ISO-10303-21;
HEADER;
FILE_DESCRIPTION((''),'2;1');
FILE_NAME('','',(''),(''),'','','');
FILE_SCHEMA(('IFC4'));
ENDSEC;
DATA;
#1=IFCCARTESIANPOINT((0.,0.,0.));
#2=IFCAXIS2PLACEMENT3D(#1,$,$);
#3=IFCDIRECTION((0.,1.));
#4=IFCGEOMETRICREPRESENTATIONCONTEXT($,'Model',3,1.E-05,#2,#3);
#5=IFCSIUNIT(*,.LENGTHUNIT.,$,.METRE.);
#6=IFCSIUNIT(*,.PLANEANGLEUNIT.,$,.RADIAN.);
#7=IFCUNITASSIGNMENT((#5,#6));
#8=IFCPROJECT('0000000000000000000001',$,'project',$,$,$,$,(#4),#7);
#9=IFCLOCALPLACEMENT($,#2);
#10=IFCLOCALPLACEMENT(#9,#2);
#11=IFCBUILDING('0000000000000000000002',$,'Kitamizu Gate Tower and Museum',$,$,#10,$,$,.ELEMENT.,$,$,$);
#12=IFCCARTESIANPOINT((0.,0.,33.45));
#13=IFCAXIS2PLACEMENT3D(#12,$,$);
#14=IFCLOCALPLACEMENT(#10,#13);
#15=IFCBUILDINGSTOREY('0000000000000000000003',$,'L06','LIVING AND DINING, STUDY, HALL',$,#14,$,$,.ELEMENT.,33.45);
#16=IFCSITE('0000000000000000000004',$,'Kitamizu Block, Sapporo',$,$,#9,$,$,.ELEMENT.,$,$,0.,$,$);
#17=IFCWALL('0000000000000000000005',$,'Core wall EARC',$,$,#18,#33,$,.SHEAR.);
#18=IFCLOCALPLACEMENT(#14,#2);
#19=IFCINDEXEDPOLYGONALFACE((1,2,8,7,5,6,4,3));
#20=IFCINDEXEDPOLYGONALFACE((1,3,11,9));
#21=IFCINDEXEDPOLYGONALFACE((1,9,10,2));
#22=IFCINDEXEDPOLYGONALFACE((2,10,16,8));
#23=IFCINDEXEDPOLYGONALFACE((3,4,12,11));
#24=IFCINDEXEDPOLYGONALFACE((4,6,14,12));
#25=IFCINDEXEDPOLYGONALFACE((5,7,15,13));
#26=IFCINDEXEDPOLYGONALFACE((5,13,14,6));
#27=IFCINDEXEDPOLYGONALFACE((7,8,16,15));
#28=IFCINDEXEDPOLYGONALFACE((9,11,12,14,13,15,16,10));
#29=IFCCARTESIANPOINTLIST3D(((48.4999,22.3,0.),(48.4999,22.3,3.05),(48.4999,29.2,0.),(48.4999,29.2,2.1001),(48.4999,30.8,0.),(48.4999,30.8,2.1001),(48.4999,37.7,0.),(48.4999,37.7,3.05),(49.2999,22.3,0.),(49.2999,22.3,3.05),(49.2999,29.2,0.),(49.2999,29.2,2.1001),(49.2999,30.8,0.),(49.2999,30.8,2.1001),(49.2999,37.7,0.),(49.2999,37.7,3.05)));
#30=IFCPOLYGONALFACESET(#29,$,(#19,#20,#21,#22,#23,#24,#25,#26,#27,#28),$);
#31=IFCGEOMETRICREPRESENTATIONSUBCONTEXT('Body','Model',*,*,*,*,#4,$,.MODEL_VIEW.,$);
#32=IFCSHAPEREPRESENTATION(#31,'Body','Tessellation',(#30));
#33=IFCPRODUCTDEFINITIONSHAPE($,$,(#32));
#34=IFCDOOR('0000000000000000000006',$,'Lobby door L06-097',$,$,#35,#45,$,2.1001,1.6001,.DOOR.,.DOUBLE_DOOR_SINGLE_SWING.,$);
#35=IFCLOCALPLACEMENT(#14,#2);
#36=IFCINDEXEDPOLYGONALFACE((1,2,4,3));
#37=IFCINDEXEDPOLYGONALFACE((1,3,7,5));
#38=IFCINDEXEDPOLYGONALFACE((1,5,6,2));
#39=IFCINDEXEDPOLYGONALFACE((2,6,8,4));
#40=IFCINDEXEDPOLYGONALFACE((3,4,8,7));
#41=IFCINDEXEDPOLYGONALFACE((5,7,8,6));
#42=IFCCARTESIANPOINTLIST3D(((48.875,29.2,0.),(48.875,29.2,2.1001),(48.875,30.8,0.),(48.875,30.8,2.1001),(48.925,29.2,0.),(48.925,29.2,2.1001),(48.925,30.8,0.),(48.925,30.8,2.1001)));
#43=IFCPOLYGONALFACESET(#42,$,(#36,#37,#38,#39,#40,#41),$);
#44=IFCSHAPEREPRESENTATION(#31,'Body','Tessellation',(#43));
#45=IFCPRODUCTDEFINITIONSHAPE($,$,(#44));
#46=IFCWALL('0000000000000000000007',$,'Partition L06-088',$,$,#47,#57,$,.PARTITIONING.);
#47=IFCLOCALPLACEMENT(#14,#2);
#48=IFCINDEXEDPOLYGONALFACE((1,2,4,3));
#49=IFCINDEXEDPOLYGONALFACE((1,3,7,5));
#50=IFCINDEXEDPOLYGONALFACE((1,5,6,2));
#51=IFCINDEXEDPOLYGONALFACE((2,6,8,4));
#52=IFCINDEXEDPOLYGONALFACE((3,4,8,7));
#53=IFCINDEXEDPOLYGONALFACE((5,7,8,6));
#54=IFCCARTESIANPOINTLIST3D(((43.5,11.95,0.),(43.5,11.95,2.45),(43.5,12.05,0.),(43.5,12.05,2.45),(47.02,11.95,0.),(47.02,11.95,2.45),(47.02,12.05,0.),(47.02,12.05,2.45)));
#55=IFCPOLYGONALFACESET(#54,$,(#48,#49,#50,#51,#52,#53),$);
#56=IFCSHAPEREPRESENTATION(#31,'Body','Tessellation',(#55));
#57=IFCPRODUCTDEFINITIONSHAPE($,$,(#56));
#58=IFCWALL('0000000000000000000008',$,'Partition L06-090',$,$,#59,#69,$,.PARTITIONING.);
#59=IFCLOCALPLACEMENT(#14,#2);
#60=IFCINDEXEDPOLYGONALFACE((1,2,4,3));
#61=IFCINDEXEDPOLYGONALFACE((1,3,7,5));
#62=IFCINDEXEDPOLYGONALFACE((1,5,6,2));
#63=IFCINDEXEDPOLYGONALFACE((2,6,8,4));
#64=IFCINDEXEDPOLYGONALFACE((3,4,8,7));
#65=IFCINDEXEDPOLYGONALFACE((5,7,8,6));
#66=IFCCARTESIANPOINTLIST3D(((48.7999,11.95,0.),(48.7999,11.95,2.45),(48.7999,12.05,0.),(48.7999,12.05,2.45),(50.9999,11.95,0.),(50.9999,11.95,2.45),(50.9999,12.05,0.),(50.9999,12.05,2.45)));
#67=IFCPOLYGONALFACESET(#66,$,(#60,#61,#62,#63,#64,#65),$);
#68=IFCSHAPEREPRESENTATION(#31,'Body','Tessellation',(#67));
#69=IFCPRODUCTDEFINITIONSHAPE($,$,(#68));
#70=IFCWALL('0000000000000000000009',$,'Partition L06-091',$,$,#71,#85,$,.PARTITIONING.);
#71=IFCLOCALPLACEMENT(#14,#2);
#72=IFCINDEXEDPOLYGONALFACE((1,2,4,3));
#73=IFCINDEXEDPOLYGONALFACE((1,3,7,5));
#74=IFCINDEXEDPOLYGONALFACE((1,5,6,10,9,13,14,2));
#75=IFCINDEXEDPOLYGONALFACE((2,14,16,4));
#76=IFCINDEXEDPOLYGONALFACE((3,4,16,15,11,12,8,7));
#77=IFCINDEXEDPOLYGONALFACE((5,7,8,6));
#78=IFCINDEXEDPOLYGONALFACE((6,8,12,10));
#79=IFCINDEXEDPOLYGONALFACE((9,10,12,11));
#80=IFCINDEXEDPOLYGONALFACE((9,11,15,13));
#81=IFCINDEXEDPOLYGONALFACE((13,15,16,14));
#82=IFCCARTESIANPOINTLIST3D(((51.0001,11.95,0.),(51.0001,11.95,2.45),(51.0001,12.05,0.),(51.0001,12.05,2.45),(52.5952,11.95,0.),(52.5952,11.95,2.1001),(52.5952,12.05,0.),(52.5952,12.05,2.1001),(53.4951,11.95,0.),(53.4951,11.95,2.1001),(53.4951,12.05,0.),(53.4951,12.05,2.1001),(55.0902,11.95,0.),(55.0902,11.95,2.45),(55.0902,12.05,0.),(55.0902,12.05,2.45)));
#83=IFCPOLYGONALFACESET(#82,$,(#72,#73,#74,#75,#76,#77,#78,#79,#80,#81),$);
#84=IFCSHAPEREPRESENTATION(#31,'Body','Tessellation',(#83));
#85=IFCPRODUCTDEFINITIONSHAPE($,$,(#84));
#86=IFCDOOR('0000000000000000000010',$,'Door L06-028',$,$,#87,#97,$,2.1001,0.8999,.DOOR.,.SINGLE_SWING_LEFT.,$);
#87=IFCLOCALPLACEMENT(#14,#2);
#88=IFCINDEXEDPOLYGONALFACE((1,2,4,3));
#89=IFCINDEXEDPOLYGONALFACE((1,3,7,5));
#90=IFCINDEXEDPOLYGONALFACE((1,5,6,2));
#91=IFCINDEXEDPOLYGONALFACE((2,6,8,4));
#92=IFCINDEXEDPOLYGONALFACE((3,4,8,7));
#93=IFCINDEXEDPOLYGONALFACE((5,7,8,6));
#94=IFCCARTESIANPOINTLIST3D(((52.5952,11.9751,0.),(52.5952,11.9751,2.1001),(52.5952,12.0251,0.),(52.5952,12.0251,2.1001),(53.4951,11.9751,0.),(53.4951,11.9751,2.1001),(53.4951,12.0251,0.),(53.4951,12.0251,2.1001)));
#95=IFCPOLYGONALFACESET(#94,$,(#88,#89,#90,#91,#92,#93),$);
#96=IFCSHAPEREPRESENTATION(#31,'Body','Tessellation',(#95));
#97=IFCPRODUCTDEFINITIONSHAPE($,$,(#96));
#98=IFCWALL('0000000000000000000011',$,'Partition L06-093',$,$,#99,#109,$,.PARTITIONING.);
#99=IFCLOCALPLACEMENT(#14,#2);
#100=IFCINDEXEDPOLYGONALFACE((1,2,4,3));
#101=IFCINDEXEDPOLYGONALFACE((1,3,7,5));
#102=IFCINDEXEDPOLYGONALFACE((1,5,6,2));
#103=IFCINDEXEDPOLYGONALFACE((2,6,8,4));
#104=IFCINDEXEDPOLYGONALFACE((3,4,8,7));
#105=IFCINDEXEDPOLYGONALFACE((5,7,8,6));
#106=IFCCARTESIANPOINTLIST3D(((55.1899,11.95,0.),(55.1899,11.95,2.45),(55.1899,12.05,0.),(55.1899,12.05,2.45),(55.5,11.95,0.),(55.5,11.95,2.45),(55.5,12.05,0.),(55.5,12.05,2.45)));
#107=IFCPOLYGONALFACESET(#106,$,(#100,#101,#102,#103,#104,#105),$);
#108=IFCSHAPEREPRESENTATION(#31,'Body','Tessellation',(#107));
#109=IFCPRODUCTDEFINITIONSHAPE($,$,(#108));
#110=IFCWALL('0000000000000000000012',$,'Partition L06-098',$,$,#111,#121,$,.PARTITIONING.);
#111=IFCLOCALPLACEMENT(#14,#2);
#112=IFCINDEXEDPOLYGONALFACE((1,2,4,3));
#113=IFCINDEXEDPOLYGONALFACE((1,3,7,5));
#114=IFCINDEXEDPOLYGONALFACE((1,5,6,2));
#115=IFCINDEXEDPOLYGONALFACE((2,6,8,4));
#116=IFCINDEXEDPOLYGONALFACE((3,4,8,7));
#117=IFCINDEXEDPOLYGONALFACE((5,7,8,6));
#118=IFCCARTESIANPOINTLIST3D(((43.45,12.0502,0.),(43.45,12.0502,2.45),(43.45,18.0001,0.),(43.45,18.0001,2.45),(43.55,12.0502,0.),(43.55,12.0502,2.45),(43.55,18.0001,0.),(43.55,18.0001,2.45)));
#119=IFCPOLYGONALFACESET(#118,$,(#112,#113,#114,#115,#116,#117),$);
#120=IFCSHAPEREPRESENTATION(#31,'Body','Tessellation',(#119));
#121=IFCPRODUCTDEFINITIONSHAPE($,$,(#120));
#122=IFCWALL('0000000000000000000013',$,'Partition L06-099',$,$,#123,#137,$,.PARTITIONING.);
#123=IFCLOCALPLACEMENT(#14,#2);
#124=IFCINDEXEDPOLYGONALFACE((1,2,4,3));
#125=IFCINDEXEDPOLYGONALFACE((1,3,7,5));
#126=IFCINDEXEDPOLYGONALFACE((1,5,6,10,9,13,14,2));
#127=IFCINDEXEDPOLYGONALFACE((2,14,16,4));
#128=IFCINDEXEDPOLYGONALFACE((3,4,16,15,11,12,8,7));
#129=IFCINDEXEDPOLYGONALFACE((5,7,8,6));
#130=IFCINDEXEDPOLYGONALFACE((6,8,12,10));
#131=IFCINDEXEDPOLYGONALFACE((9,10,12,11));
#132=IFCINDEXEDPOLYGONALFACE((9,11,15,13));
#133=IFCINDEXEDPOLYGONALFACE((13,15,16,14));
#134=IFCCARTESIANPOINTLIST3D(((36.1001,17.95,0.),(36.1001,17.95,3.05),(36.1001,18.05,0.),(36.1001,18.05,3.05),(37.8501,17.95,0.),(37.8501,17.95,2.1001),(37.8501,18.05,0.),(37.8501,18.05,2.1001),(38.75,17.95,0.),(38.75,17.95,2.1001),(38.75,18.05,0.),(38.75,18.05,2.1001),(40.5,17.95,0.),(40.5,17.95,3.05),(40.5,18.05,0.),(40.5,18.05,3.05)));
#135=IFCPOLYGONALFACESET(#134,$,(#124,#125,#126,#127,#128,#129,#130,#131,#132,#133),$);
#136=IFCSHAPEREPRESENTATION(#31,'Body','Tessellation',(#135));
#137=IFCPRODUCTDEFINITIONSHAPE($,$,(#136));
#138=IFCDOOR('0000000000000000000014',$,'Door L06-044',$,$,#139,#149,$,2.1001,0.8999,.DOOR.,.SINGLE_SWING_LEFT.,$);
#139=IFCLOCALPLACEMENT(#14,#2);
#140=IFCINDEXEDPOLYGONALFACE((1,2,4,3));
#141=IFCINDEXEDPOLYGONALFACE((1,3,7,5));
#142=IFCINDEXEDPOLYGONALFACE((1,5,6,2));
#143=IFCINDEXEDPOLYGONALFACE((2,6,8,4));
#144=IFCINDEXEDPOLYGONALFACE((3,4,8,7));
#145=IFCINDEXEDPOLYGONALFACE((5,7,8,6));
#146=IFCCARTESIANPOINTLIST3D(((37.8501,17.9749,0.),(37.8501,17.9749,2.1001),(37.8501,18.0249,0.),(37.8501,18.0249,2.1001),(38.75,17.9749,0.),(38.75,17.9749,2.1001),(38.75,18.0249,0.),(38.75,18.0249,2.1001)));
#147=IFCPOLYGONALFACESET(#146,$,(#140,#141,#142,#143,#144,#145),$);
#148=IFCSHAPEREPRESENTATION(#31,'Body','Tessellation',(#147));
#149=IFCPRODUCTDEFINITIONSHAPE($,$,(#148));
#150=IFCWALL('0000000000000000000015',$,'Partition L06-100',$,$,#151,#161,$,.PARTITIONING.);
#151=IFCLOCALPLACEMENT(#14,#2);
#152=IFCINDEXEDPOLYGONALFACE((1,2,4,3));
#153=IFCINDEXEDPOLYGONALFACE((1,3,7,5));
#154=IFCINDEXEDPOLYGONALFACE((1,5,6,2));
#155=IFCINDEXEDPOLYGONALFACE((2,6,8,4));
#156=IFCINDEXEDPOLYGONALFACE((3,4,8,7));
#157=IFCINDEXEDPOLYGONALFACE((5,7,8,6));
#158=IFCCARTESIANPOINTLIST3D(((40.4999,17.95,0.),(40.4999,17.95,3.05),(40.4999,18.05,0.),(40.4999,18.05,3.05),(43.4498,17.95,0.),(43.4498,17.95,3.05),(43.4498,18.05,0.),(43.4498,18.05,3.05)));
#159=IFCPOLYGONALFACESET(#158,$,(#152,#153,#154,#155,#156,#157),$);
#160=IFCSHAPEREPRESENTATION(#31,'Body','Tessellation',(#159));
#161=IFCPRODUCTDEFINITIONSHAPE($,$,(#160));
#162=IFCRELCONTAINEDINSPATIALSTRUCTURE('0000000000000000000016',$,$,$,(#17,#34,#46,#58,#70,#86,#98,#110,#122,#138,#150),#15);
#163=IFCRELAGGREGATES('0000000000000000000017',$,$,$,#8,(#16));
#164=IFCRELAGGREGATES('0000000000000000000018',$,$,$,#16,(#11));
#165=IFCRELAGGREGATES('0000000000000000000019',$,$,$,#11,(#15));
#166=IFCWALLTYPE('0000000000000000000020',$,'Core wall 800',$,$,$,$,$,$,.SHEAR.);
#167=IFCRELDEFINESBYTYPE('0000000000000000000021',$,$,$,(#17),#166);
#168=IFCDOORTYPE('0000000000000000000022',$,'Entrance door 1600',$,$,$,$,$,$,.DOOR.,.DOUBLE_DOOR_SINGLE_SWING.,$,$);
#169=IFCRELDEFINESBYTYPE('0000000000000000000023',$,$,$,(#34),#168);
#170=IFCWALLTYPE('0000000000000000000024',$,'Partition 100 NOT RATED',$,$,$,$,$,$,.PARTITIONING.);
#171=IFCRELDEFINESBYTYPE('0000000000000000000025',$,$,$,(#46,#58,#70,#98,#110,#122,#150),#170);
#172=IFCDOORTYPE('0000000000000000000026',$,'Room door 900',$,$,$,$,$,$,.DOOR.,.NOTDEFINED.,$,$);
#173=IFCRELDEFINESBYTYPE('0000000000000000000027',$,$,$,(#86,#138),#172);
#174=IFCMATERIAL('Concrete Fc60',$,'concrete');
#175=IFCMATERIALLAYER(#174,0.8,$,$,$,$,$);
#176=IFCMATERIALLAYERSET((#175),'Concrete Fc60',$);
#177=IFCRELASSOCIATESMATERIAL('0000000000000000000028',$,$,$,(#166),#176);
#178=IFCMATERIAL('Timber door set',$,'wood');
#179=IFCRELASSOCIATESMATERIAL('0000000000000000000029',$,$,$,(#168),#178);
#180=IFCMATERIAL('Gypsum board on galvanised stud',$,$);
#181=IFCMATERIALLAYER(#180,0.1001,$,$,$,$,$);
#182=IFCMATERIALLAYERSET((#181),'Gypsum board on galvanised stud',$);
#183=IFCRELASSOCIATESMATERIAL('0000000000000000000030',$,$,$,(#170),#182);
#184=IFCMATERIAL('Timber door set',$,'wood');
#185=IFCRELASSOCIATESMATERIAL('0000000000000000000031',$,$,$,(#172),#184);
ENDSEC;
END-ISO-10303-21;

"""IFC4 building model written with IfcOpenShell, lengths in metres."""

from ifc_helpers import new_model, si_unit, direction, frame, frame_2d, origin, place, context, subcontext, project, spatial, rectangle, extrude, material, layer, layer_set, type_object, element, fill, save


model = new_model("IFC4")

# Units and contexts
model_context = context("Model", 3, precision=1e-05, world=origin(), true_north=direction((0.0, 1.0)))
body_context = subcontext(model_context, "Body", "Model", "MODEL_VIEW")
ifc_project = project(units=[si_unit("LENGTHUNIT", "METRE"), si_unit("PLANEANGLEUNIT", "RADIAN")], contexts=[model_context])

# Site, building, storey
site_placement = place(None, origin())
site = spatial("IfcSite", under=ifc_project, at=site_placement, Name="Kitamizu Block, Sapporo", CompositionType="ELEMENT", RefElevation=0.0)
building_placement = place(site_placement, origin())
building = spatial("IfcBuilding", under=site, at=building_placement, Name="Kitamizu Gate Tower and Museum", CompositionType="ELEMENT")
storey_placement = place(building_placement, frame((0.0, 0.0, 33.45)))
storey = spatial("IfcBuildingStorey", under=building, at=storey_placement, Name="L06", Description="LIVING AND DINING, STUDY, HALL", CompositionType="ELEMENT", Elevation=33.45)

# Wall, opening, door
ifc_material_1 = material(Name="Concrete Fc60", Category="concrete")
ifc_layer_1 = layer(ifc_material_1, 0.8)
ifc_layer_set_1 = layer_set([ifc_layer_1], Name="Concrete Fc60")
wall_type_1 = type_object("IfcWallType", Name="Core wall 800", PredefinedType="SHEAR", material=ifc_layer_set_1)
wall_1_placement = place(storey_placement, frame((48.8999, 22.3, 0.0), z_axis=(0.0, 0.0, 1.0), x_axis=(0.0, 1.0, 0.0)))
wall_1 = element("IfcWall", 1, at=wall_1_placement, inside=storey, type_object=wall_type_1, Name="Core wall EARC", PredefinedType="SHEAR", context=body_context, shape_type="SweptSolid", body=[
    extrude(rectangle(XDim=15.3999, YDim=0.8, at=frame_2d((7.7, 0.0))), origin(), (0.0, 0.0, 1.0), 3.05),
])
opening_1_placement = place(wall_1_placement, frame((6.8999, 0.0, 0.0)))
opening_1 = element("IfcOpeningElement", 2, at=opening_1_placement, cuts=wall_1, PredefinedType="OPENING", context=body_context, shape_type="SweptSolid", body=[
    extrude(rectangle(XDim=1.6001, YDim=2.1001, at=frame_2d((0.8, 1.05))), frame((0.0, 0.4102, 0.0), z_axis=(0.0, -1.0, 0.0), x_axis=(1.0, 0.0, 0.0)), (0.0, 0.0, 1.0), 0.8201),
])
ifc_material_2 = material(Name="Timber door set", Category="wood")
door_type_1 = type_object("IfcDoorType", Name="Entrance door 1600", OperationType="DOUBLE_DOOR_SINGLE_SWING", PredefinedType="DOOR", material=ifc_material_2)
door_1_placement = place(opening_1_placement, origin())
door_1 = element("IfcDoor", 3, at=door_1_placement, inside=storey, type_object=door_type_1, Name="Lobby door L06-097", OperationType="DOUBLE_DOOR_SINGLE_SWING", OverallHeight=2.1001, OverallWidth=1.6001, PredefinedType="DOOR", context=body_context, shape_type="SweptSolid", body=[
    extrude(rectangle(XDim=1.6001, YDim=2.1001, at=frame_2d((0.8, 1.05))), frame((0.0, 0.0249, 0.0), z_axis=(0.0, -1.0, 0.0), x_axis=(1.0, 0.0, 0.0)), (0.0, 0.0, 1.0), 0.05),
])
fill(opening_1, door_1)

# Walls
ifc_material_3 = material(Name="Gypsum board on galvanised stud")
ifc_layer_2 = layer(ifc_material_3, 0.1001)
ifc_layer_set_2 = layer_set([ifc_layer_2], Name="Gypsum board on galvanised stud")
wall_type_2 = type_object("IfcWallType", Name="Partition 100 NOT RATED", PredefinedType="PARTITIONING", material=ifc_layer_set_2)
wall_2_placement = place(storey_placement, frame((47.02, 12.0, 0.0), z_axis=(0.0, 0.0, 1.0), x_axis=(-1.0, 0.0, 0.0)))
element("IfcWall", 4, at=wall_2_placement, inside=storey, type_object=wall_type_2, Name="Partition L06-088", PredefinedType="PARTITIONING", context=body_context, shape_type="SweptSolid", body=[
    extrude(rectangle(XDim=3.52, YDim=0.1001, at=frame_2d((1.76, 0.0))), origin(), (0.0, 0.0, 1.0), 2.45),
])
wall_3_placement = place(storey_placement, frame((51.0, 12.0, 0.0), z_axis=(0.0, 0.0, 1.0), x_axis=(-1.0, 0.0, 0.0)))
element("IfcWall", 5, at=wall_3_placement, inside=storey, type_object=wall_type_2, Name="Partition L06-090", PredefinedType="PARTITIONING", context=body_context, shape_type="SweptSolid", body=[
    extrude(rectangle(XDim=2.2, YDim=0.1001, at=frame_2d((1.1001, 0.0))), origin(), (0.0, 0.0, 1.0), 2.45),
])

# Wall, opening, door
wall_4_placement = place(storey_placement, frame((55.0901, 12.0, 0.0), z_axis=(0.0, 0.0, 1.0), x_axis=(-1.0, 0.0, 0.0)))
wall_4 = element("IfcWall", 6, at=wall_4_placement, inside=storey, type_object=wall_type_2, Name="Partition L06-091", PredefinedType="PARTITIONING", context=body_context, shape_type="SweptSolid", body=[
    extrude(rectangle(XDim=4.0901, YDim=0.1001, at=frame_2d((2.0449, 0.0))), origin(), (0.0, 0.0, 1.0), 2.45),
])
opening_2_placement = place(wall_4_placement, frame((1.595, 0.0, 0.0)))
opening_2 = element("IfcOpeningElement", 7, at=opening_2_placement, cuts=wall_4, PredefinedType="OPENING", context=body_context, shape_type="SweptSolid", body=[
    extrude(rectangle(XDim=0.8999, YDim=2.1001, at=frame_2d((0.45, 1.05))), frame((0.0, 0.0601, 0.0), z_axis=(0.0, -1.0, 0.0), x_axis=(1.0, 0.0, 0.0)), (0.0, 0.0, 1.0), 0.1201),
])
ifc_material_4 = material(Name="Timber door set", Category="wood")
door_type_2 = type_object("IfcDoorType", Name="Room door 900", OperationType="NOTDEFINED", PredefinedType="DOOR", material=ifc_material_4)
door_2_placement = place(opening_2_placement, origin())
door_2 = element("IfcDoor", 8, at=door_2_placement, inside=storey, type_object=door_type_2, Name="Door L06-028", OperationType="SINGLE_SWING_LEFT", OverallHeight=2.1001, OverallWidth=0.8999, PredefinedType="DOOR", context=body_context, shape_type="SweptSolid", body=[
    extrude(rectangle(XDim=0.8999, YDim=2.1001, at=frame_2d((0.45, 1.05))), frame((0.0, 0.0249, 0.0), z_axis=(0.0, -1.0, 0.0), x_axis=(1.0, 0.0, 0.0)), (0.0, 0.0, 1.0), 0.05),
])
fill(opening_2, door_2)

# Walls
wall_5_placement = place(storey_placement, frame((55.5, 12.0, 0.0), z_axis=(0.0, 0.0, 1.0), x_axis=(-1.0, 0.0, 0.0)))
element("IfcWall", 9, at=wall_5_placement, inside=storey, type_object=wall_type_2, Name="Partition L06-093", PredefinedType="PARTITIONING", context=body_context, shape_type="SweptSolid", body=[
    extrude(rectangle(XDim=0.3101, YDim=0.1001, at=frame_2d((0.155, 0.0))), origin(), (0.0, 0.0, 1.0), 2.45),
])
wall_6_placement = place(storey_placement, frame((43.5, 12.05, 0.0), z_axis=(0.0, 0.0, 1.0), x_axis=(0.0, 1.0, 0.0)))
element("IfcWall", 10, at=wall_6_placement, inside=storey, type_object=wall_type_2, Name="Partition L06-098", PredefinedType="PARTITIONING", context=body_context, shape_type="SweptSolid", body=[
    extrude(rectangle(XDim=5.95, YDim=0.1001, at=frame_2d((2.9751, 0.0))), origin(), (0.0, 0.0, 1.0), 2.45),
])

# Wall, opening, door
wall_7_placement = place(storey_placement, frame((40.5, 18.0, 0.0), z_axis=(0.0, 0.0, 1.0), x_axis=(-1.0, 0.0, 0.0)))
wall_7 = element("IfcWall", 11, at=wall_7_placement, inside=storey, type_object=wall_type_2, Name="Partition L06-099", PredefinedType="PARTITIONING", context=body_context, shape_type="SweptSolid", body=[
    extrude(rectangle(XDim=4.3999, YDim=0.1001, at=frame_2d((2.2, 0.0))), origin(), (0.0, 0.0, 1.0), 3.05),
])
opening_3_placement = place(wall_7_placement, frame((1.75, 0.0, 0.0)))
opening_3 = element("IfcOpeningElement", 12, at=opening_3_placement, cuts=wall_7, PredefinedType="OPENING", context=body_context, shape_type="SweptSolid", body=[
    extrude(rectangle(XDim=0.8999, YDim=2.1001, at=frame_2d((0.45, 1.05))), frame((0.0, 0.0601, 0.0), z_axis=(0.0, -1.0, 0.0), x_axis=(1.0, 0.0, 0.0)), (0.0, 0.0, 1.0), 0.1201),
])
door_3_placement = place(opening_3_placement, frame((0.8999, 0.0, 0.0), x_axis=(-1.0, 0.0, 0.0)))
door_3 = element("IfcDoor", 13, at=door_3_placement, inside=storey, type_object=door_type_2, Name="Door L06-044", OperationType="SINGLE_SWING_LEFT", OverallHeight=2.1001, OverallWidth=0.8999, PredefinedType="DOOR", context=body_context, shape_type="SweptSolid", body=[
    extrude(rectangle(XDim=0.8999, YDim=2.1001, at=frame_2d((0.45, 1.05))), frame((0.0, 0.0249, 0.0), z_axis=(0.0, -1.0, 0.0), x_axis=(1.0, 0.0, 0.0)), (0.0, 0.0, 1.0), 0.05),
])
fill(opening_3, door_3)

# Wall
wall_8_placement = place(storey_placement, frame((43.45, 18.0, 0.0), z_axis=(0.0, 0.0, 1.0), x_axis=(-1.0, 0.0, 0.0)))
element("IfcWall", 14, at=wall_8_placement, inside=storey, type_object=wall_type_2, Name="Partition L06-100", PredefinedType="PARTITIONING", context=body_context, shape_type="SweptSolid", body=[
    extrude(rectangle(XDim=2.95, YDim=0.1001, at=frame_2d((1.4751, 0.0))), origin(), (0.0, 0.0, 1.0), 3.05),
])

save(model, "model.ifc")
